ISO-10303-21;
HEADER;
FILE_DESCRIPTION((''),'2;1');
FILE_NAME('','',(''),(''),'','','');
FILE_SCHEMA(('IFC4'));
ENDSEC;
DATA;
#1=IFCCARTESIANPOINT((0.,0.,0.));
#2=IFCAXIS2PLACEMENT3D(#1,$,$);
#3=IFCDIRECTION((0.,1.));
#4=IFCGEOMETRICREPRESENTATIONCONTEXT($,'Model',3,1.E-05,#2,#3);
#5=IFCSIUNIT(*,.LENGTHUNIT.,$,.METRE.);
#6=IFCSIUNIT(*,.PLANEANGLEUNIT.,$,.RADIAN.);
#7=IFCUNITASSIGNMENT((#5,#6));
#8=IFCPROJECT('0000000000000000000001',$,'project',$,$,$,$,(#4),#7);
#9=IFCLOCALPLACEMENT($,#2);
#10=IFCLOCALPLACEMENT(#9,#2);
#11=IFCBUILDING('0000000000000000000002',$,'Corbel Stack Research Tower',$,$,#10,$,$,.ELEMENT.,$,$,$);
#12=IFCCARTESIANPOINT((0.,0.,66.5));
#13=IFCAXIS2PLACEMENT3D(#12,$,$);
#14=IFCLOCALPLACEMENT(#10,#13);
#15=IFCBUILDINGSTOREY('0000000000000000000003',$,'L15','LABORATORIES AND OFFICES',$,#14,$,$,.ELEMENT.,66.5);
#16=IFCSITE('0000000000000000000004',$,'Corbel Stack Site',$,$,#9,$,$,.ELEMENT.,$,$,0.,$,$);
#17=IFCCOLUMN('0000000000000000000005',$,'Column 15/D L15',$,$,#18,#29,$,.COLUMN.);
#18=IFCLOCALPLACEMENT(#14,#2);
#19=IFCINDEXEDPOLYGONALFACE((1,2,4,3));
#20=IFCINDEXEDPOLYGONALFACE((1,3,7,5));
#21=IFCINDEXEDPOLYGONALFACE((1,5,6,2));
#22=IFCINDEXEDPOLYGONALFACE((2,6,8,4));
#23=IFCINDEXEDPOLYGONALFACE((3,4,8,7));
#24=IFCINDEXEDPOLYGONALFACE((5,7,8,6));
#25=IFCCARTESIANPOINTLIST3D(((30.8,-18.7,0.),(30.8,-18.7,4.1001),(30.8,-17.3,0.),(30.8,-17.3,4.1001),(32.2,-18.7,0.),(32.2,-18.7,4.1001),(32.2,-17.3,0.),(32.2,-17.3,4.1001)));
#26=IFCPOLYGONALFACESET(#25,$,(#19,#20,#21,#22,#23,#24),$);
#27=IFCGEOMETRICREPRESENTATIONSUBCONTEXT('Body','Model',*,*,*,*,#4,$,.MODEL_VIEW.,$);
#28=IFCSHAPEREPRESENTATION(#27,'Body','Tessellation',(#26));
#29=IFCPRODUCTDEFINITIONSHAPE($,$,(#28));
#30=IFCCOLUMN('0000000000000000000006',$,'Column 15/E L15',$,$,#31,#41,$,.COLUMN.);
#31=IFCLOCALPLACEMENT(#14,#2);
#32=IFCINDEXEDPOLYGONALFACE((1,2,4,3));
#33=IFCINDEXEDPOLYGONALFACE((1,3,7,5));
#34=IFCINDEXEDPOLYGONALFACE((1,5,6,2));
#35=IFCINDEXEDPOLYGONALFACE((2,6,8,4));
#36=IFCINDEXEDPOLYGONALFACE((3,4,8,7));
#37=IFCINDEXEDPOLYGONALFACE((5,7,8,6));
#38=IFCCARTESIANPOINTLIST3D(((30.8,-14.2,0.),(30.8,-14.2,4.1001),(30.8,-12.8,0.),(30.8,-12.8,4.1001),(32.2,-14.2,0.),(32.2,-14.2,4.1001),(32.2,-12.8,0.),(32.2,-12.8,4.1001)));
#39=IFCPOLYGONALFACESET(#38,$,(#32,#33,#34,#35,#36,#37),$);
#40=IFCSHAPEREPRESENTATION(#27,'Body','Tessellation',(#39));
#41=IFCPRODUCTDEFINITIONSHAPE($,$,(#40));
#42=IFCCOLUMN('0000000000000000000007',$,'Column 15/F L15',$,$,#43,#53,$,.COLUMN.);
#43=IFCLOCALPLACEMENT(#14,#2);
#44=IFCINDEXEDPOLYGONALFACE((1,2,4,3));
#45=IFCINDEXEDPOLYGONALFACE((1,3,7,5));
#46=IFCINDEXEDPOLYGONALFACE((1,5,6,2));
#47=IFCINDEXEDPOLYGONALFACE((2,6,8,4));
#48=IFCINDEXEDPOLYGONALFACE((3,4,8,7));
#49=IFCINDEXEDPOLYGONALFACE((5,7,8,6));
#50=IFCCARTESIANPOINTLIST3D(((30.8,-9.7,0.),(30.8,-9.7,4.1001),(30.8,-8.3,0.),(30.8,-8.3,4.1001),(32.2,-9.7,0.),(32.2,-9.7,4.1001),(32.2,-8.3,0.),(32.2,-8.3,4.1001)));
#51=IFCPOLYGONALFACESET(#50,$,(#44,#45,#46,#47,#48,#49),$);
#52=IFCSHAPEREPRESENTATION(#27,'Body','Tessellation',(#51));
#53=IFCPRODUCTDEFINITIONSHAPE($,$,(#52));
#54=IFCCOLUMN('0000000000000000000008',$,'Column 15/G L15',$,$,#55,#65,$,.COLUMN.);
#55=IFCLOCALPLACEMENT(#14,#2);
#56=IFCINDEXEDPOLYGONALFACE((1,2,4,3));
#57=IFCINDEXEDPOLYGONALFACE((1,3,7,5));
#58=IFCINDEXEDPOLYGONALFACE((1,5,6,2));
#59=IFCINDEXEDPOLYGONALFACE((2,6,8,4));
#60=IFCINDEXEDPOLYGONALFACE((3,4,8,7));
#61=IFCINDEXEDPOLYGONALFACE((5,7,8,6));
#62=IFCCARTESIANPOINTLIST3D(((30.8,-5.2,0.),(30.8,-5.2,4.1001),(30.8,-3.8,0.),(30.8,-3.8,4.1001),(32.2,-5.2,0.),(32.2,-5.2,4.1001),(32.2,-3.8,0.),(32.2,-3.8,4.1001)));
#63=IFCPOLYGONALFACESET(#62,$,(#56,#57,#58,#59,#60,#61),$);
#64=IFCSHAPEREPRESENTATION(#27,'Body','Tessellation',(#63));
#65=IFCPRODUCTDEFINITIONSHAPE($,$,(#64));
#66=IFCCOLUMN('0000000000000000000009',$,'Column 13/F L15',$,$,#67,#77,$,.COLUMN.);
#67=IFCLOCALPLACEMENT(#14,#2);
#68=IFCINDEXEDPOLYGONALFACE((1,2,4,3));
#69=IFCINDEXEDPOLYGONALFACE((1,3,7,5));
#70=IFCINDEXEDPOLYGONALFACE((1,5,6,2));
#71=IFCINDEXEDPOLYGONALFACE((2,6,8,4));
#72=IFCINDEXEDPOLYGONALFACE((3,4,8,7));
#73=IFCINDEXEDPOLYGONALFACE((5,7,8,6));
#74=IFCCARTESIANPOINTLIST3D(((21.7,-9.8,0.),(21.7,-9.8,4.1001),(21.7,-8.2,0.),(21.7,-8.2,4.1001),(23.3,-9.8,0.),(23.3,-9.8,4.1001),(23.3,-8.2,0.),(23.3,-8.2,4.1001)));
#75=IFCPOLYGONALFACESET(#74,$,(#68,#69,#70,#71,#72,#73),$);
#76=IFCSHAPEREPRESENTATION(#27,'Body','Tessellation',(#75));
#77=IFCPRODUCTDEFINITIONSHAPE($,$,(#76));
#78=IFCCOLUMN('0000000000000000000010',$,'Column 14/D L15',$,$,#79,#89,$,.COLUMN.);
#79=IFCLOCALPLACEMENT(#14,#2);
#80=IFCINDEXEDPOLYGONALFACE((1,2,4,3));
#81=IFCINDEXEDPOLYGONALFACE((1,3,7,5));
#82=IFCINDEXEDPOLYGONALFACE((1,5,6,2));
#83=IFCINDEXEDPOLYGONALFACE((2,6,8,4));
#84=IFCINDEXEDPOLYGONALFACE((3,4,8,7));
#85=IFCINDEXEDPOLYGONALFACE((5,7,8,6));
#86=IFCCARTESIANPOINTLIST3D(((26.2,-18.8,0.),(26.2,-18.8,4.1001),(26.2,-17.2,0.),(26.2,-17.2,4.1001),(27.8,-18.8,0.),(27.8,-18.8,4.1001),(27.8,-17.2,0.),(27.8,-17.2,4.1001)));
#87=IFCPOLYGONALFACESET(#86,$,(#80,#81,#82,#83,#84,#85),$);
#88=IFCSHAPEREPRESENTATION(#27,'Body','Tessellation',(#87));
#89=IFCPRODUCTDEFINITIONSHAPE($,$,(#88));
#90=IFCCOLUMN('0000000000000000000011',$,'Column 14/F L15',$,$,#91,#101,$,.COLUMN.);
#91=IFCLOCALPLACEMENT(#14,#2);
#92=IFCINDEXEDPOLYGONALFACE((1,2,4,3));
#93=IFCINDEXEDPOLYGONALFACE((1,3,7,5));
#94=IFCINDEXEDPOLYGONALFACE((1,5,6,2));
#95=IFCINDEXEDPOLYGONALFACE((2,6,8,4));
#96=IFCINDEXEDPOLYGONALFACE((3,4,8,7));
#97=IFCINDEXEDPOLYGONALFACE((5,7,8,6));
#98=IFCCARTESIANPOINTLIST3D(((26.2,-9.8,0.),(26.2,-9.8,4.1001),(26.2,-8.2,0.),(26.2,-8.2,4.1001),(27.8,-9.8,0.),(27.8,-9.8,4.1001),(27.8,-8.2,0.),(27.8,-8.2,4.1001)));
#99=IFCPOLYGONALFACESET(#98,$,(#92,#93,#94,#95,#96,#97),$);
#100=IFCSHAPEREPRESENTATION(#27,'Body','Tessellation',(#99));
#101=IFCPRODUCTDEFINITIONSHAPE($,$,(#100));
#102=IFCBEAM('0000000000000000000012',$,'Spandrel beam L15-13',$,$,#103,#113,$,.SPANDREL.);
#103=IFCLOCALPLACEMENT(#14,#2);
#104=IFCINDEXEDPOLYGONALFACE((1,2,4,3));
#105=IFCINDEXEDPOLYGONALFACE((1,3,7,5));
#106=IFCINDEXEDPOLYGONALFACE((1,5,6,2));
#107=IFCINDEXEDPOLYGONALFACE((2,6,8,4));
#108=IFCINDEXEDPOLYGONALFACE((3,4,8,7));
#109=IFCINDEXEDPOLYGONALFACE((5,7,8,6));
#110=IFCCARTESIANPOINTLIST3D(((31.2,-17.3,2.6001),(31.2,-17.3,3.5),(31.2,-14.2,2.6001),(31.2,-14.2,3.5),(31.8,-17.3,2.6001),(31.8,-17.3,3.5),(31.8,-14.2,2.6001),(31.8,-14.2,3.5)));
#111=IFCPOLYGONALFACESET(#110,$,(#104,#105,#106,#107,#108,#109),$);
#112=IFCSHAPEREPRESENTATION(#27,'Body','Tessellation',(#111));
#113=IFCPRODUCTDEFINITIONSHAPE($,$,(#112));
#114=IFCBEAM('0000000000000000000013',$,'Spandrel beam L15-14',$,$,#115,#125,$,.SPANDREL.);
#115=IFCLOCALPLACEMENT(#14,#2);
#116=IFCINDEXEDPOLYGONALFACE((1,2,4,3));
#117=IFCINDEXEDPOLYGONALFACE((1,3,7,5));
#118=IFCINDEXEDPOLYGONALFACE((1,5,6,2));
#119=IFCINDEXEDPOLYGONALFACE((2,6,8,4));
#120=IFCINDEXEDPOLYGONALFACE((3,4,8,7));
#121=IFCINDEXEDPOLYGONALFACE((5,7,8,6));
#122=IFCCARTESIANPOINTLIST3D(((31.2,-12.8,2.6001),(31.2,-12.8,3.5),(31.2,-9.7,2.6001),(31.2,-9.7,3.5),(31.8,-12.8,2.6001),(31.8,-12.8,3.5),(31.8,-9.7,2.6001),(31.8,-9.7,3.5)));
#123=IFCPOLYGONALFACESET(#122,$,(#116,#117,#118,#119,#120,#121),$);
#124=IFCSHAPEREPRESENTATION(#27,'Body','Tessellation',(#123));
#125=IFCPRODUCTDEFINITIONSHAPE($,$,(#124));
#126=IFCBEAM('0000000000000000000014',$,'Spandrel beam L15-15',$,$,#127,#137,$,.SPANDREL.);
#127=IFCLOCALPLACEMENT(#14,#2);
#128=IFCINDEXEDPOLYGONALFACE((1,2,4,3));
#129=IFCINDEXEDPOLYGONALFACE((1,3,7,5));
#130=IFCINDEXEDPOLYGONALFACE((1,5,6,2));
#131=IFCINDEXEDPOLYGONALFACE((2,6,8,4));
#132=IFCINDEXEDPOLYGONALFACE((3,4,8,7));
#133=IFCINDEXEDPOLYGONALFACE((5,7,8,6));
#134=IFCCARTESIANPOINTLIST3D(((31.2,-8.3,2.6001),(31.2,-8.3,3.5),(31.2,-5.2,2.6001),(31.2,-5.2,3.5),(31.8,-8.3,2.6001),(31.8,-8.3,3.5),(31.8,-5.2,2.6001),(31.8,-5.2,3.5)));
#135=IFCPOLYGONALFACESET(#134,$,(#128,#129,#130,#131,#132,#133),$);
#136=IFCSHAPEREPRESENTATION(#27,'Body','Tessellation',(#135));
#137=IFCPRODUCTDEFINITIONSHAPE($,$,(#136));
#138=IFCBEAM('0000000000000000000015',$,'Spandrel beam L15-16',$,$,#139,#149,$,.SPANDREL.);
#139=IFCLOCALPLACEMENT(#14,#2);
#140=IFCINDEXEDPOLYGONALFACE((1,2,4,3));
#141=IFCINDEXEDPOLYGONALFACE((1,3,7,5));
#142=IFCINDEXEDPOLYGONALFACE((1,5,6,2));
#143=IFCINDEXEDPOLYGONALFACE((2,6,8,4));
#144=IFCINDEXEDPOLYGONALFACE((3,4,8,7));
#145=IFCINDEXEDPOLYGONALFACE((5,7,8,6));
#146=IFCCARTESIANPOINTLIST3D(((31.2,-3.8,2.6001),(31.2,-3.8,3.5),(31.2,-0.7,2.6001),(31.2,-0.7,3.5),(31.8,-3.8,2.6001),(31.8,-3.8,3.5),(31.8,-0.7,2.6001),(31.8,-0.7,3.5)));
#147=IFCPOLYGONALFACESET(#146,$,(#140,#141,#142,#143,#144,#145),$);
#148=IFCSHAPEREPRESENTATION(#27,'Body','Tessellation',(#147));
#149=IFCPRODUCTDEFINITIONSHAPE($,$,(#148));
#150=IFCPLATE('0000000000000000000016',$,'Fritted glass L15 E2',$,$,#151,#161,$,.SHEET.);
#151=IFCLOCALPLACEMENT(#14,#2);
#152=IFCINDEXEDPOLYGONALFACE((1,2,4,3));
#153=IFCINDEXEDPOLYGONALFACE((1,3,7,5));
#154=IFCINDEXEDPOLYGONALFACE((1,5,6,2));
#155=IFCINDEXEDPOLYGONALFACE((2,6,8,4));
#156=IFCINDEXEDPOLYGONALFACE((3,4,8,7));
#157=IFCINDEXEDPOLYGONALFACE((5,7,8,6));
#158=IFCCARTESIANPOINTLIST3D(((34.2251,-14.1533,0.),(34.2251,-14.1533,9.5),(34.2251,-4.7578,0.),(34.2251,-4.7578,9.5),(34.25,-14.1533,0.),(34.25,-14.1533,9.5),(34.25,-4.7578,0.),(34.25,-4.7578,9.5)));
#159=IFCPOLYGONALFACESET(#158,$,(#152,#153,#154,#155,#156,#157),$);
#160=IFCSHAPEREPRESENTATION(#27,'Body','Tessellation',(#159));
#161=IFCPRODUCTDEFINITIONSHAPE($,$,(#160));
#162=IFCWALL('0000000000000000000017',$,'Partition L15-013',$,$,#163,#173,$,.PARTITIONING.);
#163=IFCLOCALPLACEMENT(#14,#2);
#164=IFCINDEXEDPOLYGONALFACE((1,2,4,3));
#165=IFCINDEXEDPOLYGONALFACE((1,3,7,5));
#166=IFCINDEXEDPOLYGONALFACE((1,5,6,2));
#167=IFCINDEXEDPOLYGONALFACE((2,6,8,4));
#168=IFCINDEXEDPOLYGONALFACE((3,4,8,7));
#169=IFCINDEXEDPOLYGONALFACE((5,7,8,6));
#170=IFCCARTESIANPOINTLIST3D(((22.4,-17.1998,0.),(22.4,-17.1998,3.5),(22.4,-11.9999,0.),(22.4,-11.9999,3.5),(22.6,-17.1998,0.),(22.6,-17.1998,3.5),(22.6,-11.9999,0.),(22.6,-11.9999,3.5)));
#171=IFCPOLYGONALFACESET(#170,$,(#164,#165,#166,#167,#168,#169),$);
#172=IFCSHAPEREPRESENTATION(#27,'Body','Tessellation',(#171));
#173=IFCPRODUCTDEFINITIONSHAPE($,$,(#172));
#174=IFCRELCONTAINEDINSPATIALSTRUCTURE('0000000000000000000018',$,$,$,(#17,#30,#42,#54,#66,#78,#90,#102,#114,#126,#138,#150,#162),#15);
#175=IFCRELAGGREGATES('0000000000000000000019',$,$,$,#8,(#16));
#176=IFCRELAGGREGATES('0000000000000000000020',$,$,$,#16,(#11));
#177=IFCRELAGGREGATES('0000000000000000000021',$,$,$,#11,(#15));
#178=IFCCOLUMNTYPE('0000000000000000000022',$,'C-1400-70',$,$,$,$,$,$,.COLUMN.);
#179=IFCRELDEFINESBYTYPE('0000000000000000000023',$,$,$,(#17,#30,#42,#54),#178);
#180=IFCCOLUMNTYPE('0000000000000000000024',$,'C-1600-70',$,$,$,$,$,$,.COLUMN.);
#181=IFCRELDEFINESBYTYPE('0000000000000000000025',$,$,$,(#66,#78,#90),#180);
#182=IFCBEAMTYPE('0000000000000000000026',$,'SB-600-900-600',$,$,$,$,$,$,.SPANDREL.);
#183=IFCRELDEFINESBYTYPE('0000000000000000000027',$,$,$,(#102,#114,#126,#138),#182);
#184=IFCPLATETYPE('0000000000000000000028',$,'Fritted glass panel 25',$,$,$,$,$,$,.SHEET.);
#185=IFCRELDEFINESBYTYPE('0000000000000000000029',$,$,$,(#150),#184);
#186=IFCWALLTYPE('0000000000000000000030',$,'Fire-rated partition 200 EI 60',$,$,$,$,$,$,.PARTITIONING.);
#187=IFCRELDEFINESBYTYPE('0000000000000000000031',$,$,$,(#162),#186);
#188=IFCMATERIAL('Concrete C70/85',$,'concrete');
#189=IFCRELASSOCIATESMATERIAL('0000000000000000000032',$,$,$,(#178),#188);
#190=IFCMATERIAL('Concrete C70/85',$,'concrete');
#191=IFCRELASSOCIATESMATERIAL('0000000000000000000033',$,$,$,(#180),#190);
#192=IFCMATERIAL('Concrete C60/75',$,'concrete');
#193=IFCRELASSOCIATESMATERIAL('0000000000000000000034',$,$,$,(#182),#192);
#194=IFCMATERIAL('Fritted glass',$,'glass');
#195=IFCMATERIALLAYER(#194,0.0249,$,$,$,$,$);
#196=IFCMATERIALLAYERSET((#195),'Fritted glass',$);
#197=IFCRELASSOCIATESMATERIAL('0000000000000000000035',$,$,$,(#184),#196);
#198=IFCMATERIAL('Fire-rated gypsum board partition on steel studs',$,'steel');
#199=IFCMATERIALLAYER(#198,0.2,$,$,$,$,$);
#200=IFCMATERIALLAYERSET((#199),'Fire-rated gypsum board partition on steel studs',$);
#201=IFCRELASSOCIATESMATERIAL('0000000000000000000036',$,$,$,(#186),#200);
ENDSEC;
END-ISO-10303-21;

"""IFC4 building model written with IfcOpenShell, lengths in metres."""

from ifc_helpers import new_model, si_unit, direction, frame, frame_2d, origin, origin_2d, place, context, subcontext, project, spatial, rectangle, extrude, material, layer, layer_set, material_profile, profile_set, type_object, element, save


model = new_model("IFC4")

# Units and contexts
model_context = context("Model", 3, precision=1e-05, world=origin(), true_north=direction((0.0, 1.0)))
body_context = subcontext(model_context, "Body", "Model", "MODEL_VIEW")
ifc_project = project(units=[si_unit("LENGTHUNIT", "METRE"), si_unit("PLANEANGLEUNIT", "RADIAN")], contexts=[model_context])

# Site, building, storey
site_placement = place(None, origin())
site = spatial("IfcSite", under=ifc_project, at=site_placement, Name="Corbel Stack Site", CompositionType="ELEMENT", RefElevation=0.0)
building_placement = place(site_placement, origin())
building = spatial("IfcBuilding", under=site, at=building_placement, Name="Corbel Stack Research Tower", CompositionType="ELEMENT")
storey_placement = place(building_placement, frame((0.0, 0.0, 66.5)))
storey = spatial("IfcBuildingStorey", under=building, at=storey_placement, Name="L15", Description="LABORATORIES AND OFFICES", CompositionType="ELEMENT", Elevation=66.5)

# Columns
ifc_material_1 = material(Name="Concrete C70/85", Category="concrete")
ifc_material_profile_1 = material_profile(ifc_material_1, rectangle(XDim=1.3999, YDim=1.3999, at=origin_2d()), Name="RC 1400 x 1400")
ifc_profile_set_1 = profile_set([ifc_material_profile_1], Name="Concrete C70/85")
column_type_1 = type_object("IfcColumnType", Name="C-1400-70", PredefinedType="COLUMN", material=ifc_profile_set_1)
for number, where, z_axis, x_axis, name in (
    (1, (31.5, -18.0, 0.0), (0.0, 0.0, 1.0), (1.0, 0.0, 0.0), "Column 15/D L15"),
    (2, (31.5, -13.5, 0.0), (0.0, 0.0, 1.0), (1.0, 0.0, 0.0), "Column 15/E L15"),
    (3, (31.5, -9.0, 0.0), (0.0, 0.0, 1.0), (1.0, 0.0, 0.0), "Column 15/F L15"),
    (4, (31.5, -4.5, 0.0), (0.0, 0.0, 1.0), (1.0, 0.0, 0.0), "Column 15/G L15"),
):
    element("IfcColumn", number, at=place(storey_placement, frame(where, z_axis=z_axis, x_axis=x_axis)), inside=storey, type_object=column_type_1, Name=name, PredefinedType="COLUMN", context=body_context, shape_type="SweptSolid", body=[
        extrude(rectangle(XDim=1.3999, YDim=1.3999, at=origin_2d()), origin(), (0.0, 0.0, 1.0), 4.1001),
    ])
ifc_material_2 = material(Name="Concrete C70/85", Category="concrete")
ifc_material_profile_2 = material_profile(ifc_material_2, rectangle(XDim=1.6001, YDim=1.6001, at=origin_2d()), Name="RC 1600 x 1600")
ifc_profile_set_2 = profile_set([ifc_material_profile_2], Name="Concrete C70/85")
column_type_2 = type_object("IfcColumnType", Name="C-1600-70", PredefinedType="COLUMN", material=ifc_profile_set_2)
for number, where, z_axis, x_axis, name in (
    (5, (22.5, -9.0, 0.0), (0.0, 0.0, 1.0), (1.0, 0.0, 0.0), "Column 13/F L15"),
    (6, (27.0, -18.0, 0.0), (0.0, 0.0, 1.0), (1.0, 0.0, 0.0), "Column 14/D L15"),
    (7, (27.0, -9.0, 0.0), (0.0, 0.0, 1.0), (1.0, 0.0, 0.0), "Column 14/F L15"),
):
    element("IfcColumn", number, at=place(storey_placement, frame(where, z_axis=z_axis, x_axis=x_axis)), inside=storey, type_object=column_type_2, Name=name, PredefinedType="COLUMN", context=body_context, shape_type="SweptSolid", body=[
        extrude(rectangle(XDim=1.6001, YDim=1.6001, at=origin_2d()), origin(), (0.0, 0.0, 1.0), 4.1001),
    ])

# Beams
ifc_material_3 = material(Name="Concrete C60/75", Category="concrete")
ifc_material_profile_3 = material_profile(ifc_material_3, rectangle(XDim=0.6001, YDim=0.8999, at=origin_2d()), Name="RC 600 x 900")
ifc_profile_set_3 = profile_set([ifc_material_profile_3], Name="Concrete C60/75")
beam_type = type_object("IfcBeamType", Name="SB-600-900-600", PredefinedType="SPANDREL", material=ifc_profile_set_3)
for number, where, z_axis, x_axis, name in (
    (8, (31.5, -17.3, 3.05), (0.0, 1.0, 0.0), (-1.0, 0.0, 0.0), "Spandrel beam L15-13"),
    (9, (31.5, -12.8, 3.05), (0.0, 1.0, 0.0), (-1.0, 0.0, 0.0), "Spandrel beam L15-14"),
    (10, (31.5, -8.3, 3.05), (0.0, 1.0, 0.0), (-1.0, 0.0, 0.0), "Spandrel beam L15-15"),
    (11, (31.5, -3.8, 3.05), (0.0, 1.0, 0.0), (-1.0, 0.0, 0.0), "Spandrel beam L15-16"),
):
    element("IfcBeam", number, at=place(storey_placement, frame(where, z_axis=z_axis, x_axis=x_axis)), inside=storey, type_object=beam_type, Name=name, PredefinedType="SPANDREL", context=body_context, shape_type="SweptSolid", body=[
        extrude(rectangle(XDim=0.6001, YDim=0.8999, at=origin_2d()), origin(), (0.0, 0.0, 1.0), 3.1001),
    ])

# Plate
ifc_material_4 = material(Name="Fritted glass", Category="glass")
ifc_layer_1 = layer(ifc_material_4, 0.0249)
ifc_layer_set_1 = layer_set([ifc_layer_1], Name="Fritted glass")
plate_type = type_object("IfcPlateType", Name="Fritted glass panel 25", PredefinedType="SHEET", material=ifc_layer_set_1)
plate_placement = place(storey_placement, frame((34.2375, -9.4556, 0.0), z_axis=(0.0, 0.0, 1.0), x_axis=(0.0, 1.0, 0.0)))
element("IfcPlate", 12, at=plate_placement, inside=storey, type_object=plate_type, Name="Fritted glass L15 E2", PredefinedType="SHEET", context=body_context, shape_type="SweptSolid", body=[
    extrude(rectangle(XDim=9.3955, YDim=0.0249, at=origin_2d()), origin(), (0.0, 0.0, 1.0), 9.5),
])

# Wall
ifc_material_5 = material(Name="Fire-rated gypsum board partition on steel studs", Category="steel")
ifc_layer_2 = layer(ifc_material_5, 0.2)
ifc_layer_set_2 = layer_set([ifc_layer_2], Name="Fire-rated gypsum board partition on steel studs")
wall_type_1 = type_object("IfcWallType", Name="Fire-rated partition 200 EI 60", PredefinedType="PARTITIONING", material=ifc_layer_set_2)
wall_1_placement = place(storey_placement, frame((22.5, -17.2, 0.0), z_axis=(0.0, 0.0, 1.0), x_axis=(0.0, 1.0, 0.0)))
element("IfcWall", 13, at=wall_1_placement, inside=storey, type_object=wall_type_1, Name="Partition L15-013", PredefinedType="PARTITIONING", context=body_context, shape_type="SweptSolid", body=[
    extrude(rectangle(XDim=5.2, YDim=0.2, at=frame_2d((2.6001, 0.0))), origin(), (0.0, 0.0, 1.0), 3.5),
])

save(model, "model.ifc")
